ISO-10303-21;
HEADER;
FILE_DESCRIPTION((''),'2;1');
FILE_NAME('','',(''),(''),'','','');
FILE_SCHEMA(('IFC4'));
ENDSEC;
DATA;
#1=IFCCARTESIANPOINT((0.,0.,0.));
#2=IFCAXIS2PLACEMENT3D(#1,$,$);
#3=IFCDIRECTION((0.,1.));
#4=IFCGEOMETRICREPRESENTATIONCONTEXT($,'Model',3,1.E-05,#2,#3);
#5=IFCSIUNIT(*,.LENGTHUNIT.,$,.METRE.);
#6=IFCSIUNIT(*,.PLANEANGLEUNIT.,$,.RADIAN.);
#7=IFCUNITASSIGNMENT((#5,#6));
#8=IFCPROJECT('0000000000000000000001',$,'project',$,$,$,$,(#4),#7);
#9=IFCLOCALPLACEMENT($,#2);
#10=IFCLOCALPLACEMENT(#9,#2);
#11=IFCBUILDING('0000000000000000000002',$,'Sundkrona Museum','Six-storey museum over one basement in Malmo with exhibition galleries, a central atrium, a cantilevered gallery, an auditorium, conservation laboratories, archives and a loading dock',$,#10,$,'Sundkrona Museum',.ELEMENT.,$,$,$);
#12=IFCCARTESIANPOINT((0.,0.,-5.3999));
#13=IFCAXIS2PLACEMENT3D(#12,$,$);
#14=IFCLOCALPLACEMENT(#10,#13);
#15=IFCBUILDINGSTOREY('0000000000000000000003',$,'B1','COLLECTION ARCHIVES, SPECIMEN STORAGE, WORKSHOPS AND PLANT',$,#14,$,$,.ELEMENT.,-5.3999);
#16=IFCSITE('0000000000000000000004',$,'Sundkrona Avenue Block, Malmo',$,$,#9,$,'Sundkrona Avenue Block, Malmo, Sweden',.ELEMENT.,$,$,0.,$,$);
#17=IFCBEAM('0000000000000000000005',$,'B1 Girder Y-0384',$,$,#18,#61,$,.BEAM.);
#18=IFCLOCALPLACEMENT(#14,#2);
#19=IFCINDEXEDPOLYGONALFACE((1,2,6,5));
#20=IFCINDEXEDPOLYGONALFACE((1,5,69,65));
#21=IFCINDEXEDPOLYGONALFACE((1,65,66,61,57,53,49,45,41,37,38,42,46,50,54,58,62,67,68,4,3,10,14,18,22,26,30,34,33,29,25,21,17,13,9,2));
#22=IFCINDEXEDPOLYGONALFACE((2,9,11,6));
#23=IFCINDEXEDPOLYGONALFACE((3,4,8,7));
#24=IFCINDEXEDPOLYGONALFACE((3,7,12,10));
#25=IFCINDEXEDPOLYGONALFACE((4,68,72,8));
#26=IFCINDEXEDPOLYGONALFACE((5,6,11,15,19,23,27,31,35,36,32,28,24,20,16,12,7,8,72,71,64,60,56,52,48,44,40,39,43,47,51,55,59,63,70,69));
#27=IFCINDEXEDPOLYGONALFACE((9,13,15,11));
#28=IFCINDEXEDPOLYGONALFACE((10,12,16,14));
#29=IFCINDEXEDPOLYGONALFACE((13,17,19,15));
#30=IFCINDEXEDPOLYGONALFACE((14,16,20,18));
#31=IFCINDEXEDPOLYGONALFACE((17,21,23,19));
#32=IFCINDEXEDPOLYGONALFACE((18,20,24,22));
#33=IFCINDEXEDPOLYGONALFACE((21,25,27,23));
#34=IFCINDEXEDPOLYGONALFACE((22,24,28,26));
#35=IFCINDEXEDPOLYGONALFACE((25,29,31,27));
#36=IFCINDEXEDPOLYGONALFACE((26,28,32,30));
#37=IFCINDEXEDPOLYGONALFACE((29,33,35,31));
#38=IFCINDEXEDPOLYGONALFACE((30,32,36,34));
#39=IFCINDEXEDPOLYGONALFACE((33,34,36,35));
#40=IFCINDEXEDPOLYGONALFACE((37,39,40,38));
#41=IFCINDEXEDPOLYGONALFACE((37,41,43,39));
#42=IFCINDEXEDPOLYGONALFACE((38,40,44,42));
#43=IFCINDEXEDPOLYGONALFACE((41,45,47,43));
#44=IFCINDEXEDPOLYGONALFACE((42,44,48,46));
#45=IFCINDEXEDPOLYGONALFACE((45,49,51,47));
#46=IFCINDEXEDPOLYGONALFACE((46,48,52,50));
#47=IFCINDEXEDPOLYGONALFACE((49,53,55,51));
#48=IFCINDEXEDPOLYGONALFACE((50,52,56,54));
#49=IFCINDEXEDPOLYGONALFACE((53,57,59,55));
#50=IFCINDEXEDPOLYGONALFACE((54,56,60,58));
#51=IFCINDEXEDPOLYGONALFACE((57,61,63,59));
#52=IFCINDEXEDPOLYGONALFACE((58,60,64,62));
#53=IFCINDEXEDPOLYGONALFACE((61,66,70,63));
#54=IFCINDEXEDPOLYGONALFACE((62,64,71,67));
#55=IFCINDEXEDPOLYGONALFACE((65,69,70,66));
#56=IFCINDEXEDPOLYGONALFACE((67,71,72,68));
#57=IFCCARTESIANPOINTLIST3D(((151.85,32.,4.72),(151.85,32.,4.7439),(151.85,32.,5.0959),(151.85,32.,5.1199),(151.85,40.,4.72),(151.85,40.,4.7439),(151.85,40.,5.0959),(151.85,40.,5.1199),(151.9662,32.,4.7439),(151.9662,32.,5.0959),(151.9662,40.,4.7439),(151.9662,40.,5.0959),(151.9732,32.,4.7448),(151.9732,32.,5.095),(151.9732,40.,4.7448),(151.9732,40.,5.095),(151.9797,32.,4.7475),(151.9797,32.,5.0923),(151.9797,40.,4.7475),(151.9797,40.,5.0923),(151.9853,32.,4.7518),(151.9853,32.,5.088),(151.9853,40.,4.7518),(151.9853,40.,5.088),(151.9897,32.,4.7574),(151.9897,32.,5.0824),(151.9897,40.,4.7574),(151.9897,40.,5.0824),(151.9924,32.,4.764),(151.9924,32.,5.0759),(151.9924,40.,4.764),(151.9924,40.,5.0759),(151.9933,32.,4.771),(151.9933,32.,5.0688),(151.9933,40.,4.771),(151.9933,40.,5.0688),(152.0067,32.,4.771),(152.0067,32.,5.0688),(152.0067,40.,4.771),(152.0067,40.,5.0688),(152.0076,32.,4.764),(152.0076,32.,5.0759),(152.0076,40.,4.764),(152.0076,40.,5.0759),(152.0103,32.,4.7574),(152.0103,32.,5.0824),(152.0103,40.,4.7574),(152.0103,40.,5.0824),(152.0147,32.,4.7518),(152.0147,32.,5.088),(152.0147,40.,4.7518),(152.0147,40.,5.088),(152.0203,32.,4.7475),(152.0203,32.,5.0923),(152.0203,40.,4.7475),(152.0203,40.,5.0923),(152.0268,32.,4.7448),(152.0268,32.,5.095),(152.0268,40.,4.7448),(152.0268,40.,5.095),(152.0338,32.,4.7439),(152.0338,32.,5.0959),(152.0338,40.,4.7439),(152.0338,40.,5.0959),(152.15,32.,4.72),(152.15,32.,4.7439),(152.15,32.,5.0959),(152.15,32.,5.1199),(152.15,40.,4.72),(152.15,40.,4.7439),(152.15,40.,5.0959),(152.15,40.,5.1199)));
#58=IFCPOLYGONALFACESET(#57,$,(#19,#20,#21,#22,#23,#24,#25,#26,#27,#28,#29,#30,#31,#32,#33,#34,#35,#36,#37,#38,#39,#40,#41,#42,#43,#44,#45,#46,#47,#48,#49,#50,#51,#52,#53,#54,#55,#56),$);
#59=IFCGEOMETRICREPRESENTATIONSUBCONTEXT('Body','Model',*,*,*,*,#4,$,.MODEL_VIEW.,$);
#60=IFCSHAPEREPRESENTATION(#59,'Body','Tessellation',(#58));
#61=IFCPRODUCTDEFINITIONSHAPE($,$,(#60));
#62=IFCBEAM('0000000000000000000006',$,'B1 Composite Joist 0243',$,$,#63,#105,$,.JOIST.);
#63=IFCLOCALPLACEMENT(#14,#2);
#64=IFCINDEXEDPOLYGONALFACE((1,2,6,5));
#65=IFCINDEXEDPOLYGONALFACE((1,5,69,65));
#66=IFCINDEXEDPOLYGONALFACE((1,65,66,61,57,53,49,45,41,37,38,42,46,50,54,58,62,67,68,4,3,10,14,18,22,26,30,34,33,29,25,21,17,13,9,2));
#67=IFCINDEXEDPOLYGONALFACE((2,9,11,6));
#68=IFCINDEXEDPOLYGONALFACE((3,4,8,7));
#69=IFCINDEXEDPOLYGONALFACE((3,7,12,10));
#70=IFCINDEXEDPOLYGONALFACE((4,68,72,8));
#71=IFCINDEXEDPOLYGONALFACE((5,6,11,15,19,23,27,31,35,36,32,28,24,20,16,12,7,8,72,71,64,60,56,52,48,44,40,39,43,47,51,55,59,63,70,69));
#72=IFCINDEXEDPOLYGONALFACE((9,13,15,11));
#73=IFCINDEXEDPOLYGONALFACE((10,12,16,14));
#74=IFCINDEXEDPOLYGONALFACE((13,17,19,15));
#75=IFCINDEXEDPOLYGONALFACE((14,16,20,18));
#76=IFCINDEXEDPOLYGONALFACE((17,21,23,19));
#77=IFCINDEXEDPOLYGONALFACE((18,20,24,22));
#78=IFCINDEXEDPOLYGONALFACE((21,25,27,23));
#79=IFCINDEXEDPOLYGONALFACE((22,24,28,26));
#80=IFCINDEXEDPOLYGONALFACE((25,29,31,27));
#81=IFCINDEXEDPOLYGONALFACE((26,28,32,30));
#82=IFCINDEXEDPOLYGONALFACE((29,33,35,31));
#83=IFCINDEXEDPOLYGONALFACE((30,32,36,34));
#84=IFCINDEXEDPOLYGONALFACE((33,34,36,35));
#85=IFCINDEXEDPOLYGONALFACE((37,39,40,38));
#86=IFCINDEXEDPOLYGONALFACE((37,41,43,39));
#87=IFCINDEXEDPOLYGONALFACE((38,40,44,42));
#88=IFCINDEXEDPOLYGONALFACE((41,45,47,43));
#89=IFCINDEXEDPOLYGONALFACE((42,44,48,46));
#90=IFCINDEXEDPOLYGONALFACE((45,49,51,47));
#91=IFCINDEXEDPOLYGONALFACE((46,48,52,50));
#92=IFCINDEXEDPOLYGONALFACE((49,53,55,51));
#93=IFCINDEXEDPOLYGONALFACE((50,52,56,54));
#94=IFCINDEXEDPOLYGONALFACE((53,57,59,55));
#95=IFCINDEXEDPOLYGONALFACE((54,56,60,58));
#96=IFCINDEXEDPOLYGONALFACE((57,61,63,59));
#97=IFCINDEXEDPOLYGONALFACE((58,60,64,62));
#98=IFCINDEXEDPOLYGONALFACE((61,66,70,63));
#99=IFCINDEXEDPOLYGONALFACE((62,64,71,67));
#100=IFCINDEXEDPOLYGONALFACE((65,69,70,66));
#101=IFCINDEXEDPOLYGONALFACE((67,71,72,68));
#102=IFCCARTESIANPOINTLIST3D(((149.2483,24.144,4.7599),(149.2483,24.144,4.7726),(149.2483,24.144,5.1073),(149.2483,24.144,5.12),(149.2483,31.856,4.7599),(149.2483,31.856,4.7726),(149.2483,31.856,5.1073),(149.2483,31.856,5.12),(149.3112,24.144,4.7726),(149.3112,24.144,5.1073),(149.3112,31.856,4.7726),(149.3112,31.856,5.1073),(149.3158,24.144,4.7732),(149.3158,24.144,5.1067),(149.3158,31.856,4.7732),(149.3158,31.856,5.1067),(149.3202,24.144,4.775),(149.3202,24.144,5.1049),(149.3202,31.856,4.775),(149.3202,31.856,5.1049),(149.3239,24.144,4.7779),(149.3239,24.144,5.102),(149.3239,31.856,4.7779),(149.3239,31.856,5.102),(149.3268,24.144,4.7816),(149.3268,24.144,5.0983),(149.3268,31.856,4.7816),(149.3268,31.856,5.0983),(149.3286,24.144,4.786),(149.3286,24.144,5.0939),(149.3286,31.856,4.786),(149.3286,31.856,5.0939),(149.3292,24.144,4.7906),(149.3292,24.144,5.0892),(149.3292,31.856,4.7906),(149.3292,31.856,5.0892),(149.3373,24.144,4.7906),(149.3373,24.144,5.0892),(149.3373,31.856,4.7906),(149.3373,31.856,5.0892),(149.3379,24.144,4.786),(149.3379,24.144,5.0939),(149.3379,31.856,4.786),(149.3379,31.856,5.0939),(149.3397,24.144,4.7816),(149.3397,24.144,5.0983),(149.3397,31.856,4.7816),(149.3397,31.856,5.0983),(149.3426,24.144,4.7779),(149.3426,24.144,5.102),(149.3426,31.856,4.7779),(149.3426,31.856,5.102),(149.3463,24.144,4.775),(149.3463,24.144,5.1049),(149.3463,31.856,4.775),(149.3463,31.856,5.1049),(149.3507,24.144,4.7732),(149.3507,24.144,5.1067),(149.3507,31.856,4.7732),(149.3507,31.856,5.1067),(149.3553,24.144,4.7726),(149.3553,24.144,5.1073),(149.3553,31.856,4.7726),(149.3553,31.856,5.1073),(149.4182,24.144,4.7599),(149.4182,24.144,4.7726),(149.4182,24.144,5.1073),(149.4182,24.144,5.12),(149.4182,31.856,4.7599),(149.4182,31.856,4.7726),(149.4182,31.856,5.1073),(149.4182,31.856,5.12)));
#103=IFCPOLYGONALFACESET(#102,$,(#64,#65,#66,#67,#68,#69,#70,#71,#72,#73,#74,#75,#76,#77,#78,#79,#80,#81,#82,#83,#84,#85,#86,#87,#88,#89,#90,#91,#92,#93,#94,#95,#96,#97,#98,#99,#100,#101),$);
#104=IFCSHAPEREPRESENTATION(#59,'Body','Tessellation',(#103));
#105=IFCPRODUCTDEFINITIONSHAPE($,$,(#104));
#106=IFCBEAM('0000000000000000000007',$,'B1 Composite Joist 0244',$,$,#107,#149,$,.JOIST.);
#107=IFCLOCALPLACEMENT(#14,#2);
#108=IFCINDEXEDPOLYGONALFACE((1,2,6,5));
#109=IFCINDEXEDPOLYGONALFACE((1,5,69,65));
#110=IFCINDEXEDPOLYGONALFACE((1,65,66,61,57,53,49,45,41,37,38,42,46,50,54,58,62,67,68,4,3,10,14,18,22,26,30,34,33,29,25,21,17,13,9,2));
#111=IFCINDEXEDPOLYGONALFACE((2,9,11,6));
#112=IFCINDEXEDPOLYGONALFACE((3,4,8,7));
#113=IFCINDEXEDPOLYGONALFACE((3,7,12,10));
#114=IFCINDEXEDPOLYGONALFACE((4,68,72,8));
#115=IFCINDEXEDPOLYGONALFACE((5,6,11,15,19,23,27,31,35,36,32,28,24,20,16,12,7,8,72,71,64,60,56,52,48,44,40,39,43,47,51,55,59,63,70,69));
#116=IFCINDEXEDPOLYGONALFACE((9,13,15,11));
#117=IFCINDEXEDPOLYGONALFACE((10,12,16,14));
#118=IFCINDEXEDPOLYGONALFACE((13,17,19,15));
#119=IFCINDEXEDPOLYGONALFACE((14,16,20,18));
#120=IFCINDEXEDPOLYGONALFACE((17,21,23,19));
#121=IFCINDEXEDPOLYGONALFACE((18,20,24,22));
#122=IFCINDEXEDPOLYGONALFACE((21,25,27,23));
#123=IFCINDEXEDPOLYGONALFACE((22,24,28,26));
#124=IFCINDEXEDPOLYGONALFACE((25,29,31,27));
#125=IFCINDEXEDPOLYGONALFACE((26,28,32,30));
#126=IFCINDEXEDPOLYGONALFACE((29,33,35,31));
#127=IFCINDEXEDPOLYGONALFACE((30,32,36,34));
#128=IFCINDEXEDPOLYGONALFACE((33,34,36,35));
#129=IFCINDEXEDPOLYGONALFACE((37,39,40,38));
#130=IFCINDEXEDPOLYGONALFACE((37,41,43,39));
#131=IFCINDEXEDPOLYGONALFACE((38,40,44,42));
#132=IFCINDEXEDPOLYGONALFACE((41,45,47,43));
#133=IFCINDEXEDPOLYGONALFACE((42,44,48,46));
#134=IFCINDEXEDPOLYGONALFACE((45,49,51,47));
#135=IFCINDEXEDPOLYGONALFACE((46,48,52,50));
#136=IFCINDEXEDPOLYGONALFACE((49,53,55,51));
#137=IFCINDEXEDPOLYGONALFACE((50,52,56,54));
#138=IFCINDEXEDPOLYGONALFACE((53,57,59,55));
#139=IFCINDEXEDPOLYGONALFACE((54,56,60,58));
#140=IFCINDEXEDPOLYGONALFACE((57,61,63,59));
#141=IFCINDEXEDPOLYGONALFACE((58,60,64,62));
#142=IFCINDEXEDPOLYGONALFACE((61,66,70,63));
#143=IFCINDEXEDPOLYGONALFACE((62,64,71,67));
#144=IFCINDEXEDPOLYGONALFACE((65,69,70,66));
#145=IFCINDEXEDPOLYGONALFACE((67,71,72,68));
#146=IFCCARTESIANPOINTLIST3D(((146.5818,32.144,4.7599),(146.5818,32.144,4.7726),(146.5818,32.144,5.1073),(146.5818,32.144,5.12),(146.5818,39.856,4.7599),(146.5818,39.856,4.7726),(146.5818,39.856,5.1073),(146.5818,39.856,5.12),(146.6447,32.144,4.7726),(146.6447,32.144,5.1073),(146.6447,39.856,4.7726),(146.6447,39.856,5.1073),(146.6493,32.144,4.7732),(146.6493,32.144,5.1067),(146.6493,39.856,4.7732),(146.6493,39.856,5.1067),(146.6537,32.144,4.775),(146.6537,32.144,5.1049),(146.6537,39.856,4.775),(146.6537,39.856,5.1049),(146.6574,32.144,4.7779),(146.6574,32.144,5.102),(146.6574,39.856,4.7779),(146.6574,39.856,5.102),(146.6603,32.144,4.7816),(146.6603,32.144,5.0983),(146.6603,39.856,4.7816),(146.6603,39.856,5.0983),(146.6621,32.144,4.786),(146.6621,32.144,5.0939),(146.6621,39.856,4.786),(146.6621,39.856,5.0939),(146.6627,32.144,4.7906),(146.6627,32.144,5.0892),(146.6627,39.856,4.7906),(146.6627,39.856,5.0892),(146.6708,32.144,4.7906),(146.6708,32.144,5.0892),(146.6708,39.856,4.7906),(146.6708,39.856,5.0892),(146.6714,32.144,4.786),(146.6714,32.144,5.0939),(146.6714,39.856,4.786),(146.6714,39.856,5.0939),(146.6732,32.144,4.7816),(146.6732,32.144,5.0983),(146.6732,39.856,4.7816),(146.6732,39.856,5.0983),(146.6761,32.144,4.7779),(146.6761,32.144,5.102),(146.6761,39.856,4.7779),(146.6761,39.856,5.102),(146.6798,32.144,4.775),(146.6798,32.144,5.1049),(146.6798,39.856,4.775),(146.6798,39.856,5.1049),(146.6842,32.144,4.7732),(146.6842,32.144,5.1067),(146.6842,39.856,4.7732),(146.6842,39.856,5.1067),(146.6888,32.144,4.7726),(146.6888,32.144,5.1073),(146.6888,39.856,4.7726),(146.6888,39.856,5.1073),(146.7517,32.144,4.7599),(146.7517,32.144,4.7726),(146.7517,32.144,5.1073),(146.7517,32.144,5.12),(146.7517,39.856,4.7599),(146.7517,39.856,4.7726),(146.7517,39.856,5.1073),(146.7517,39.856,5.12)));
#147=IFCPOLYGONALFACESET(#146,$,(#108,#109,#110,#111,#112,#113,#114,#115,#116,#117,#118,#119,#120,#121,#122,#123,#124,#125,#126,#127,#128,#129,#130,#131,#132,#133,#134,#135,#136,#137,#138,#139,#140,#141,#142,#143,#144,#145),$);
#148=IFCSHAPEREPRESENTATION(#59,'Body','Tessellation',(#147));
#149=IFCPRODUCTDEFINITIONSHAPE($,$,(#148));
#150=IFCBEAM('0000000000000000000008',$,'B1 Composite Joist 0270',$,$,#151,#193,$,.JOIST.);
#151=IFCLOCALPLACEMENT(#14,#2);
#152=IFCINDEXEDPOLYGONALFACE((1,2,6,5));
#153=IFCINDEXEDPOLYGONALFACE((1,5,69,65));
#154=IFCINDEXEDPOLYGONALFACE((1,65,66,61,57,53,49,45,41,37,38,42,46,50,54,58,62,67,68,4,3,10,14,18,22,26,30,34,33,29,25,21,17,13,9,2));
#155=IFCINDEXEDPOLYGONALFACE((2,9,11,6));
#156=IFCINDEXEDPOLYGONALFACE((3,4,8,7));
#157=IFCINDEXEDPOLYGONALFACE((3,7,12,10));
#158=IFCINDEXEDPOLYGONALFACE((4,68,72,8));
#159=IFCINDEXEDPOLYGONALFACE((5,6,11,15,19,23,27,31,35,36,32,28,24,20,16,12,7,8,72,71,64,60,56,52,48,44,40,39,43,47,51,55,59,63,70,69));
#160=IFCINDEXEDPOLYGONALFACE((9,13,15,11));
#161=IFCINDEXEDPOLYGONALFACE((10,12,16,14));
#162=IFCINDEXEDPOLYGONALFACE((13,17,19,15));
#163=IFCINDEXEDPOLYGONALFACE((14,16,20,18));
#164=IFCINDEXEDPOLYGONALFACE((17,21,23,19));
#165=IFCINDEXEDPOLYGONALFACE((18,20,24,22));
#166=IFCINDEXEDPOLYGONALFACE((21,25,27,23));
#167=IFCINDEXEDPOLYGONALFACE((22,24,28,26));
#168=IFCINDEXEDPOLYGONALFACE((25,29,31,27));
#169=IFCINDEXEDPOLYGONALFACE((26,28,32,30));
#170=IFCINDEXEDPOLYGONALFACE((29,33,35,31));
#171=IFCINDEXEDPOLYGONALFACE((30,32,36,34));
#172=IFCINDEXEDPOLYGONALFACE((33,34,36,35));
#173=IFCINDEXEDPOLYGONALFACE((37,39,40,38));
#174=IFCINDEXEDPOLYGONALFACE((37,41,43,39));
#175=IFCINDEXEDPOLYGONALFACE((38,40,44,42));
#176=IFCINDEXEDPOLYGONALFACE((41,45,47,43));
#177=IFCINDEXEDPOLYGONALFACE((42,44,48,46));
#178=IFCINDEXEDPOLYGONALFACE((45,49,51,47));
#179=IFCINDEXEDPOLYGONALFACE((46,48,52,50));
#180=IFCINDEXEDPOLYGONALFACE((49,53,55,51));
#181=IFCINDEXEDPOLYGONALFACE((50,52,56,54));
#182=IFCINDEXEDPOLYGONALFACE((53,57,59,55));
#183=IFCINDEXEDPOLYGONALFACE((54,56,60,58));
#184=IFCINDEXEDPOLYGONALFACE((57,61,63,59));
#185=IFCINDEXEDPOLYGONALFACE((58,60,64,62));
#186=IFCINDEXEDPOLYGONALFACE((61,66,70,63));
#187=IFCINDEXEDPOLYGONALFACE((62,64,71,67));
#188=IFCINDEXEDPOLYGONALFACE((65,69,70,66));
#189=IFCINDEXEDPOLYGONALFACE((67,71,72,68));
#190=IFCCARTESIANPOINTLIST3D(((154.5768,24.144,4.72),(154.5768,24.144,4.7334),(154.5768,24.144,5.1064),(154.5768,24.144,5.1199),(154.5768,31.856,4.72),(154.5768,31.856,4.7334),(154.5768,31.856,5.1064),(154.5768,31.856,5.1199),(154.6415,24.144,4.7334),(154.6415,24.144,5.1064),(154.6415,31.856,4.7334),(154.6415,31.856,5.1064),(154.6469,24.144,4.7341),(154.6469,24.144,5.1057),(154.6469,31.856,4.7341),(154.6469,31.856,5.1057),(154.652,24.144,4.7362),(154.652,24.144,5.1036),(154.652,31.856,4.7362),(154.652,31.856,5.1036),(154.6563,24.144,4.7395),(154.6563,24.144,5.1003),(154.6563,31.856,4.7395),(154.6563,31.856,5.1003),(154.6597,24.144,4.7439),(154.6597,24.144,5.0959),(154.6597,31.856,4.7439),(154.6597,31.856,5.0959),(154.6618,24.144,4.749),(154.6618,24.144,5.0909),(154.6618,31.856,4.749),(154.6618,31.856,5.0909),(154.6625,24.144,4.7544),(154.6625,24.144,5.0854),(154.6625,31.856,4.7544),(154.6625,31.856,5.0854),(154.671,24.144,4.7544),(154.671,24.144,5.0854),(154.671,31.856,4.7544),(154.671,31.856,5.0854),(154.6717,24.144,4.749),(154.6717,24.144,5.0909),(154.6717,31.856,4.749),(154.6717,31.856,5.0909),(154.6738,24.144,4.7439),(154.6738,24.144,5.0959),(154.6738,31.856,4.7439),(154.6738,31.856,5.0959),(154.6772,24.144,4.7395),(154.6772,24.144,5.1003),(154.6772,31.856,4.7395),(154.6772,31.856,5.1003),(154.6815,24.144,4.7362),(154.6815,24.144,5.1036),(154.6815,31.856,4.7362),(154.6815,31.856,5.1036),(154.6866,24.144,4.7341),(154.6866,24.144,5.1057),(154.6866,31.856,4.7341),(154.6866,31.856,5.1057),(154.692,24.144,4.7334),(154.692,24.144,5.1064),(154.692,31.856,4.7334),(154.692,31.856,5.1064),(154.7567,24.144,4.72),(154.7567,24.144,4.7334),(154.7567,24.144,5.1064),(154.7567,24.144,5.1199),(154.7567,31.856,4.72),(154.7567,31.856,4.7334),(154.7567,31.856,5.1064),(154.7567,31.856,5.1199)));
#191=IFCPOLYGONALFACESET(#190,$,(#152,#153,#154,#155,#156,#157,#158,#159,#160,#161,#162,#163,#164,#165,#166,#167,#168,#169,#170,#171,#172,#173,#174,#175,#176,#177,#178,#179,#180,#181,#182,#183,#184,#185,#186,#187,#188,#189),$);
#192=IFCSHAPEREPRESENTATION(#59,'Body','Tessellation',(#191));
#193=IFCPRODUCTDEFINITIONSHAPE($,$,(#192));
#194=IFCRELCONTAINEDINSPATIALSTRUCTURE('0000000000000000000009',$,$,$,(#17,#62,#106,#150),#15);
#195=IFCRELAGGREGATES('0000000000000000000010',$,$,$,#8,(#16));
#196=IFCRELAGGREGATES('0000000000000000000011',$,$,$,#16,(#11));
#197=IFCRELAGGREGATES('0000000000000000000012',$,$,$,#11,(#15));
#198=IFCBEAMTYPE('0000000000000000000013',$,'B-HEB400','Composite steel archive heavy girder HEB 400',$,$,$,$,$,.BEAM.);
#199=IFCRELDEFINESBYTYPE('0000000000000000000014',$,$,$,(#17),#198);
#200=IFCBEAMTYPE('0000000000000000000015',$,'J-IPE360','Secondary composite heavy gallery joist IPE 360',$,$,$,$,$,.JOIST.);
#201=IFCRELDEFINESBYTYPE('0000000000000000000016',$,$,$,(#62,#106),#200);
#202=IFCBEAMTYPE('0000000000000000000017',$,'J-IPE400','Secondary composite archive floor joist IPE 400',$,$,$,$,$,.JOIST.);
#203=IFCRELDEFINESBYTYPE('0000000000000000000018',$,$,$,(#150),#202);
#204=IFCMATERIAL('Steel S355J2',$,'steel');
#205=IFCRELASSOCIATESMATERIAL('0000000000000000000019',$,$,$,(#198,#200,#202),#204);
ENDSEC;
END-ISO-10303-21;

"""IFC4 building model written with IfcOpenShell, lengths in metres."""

from ifc_helpers import new_model, si_unit, direction, frame, origin, origin_2d, place, context, subcontext, project, spatial, i_section, extrude, material, material_profile, profile_set, type_object, element, save


model = new_model("IFC4")

# Units and contexts
model_context = context("Model", 3, precision=1e-05, world=origin(), true_north=direction((0.0, 1.0)))
body_context = subcontext(model_context, "Body", "Model", "MODEL_VIEW")
ifc_project = project(units=[si_unit("LENGTHUNIT", "METRE"), si_unit("PLANEANGLEUNIT", "RADIAN")], contexts=[model_context])

# Site, building, storey
site_placement = place(None, origin())
site = spatial("IfcSite", under=ifc_project, at=site_placement, Name="Sundkrona Avenue Block, Malmo", LongName="Sundkrona Avenue Block, Malmo, Sweden", CompositionType="ELEMENT", RefElevation=0.0)
building_placement = place(site_placement, origin())
building = spatial("IfcBuilding", under=site, at=building_placement, Name="Sundkrona Museum", Description="Six-storey museum over one basement in Malmo with exhibition galleries, a central atrium, a cantilevered gallery, an auditorium, conservation laboratories, archives and a loading dock", LongName="Sundkrona Museum", CompositionType="ELEMENT")
storey_placement = place(building_placement, frame((0.0, 0.0, -5.3999)))
storey = spatial("IfcBuildingStorey", under=building, at=storey_placement, Name="B1", Description="COLLECTION ARCHIVES, SPECIMEN STORAGE, WORKSHOPS AND PLANT", CompositionType="ELEMENT", Elevation=-5.3999)

# Beams
ifc_material_1 = material(Name="Steel S355J2", Category="steel")
ifc_material_profile_1 = material_profile(ifc_material_1, i_section(OverallWidth=0.3, OverallDepth=0.3999, WebThickness=0.0134, FlangeThickness=0.0239, FilletRadius=0.0271, at=origin_2d()), Name="HEB 400")
ifc_profile_set_1 = profile_set([ifc_material_profile_1], Name="Steel S355J2")
beam_type_1 = type_object("IfcBeamType", Name="B-HEB400", Description="Composite steel archive heavy girder HEB 400", PredefinedType="BEAM", material=ifc_profile_set_1)
for number, where, z_axis, x_axis, name in (
    (1, (152.0, 32.0, 4.9199), (0.0, 1.0, 0.0), (-1.0, 0.0, 0.0), "B1 Girder Y-0384"),
):
    element("IfcBeam", number, at=place(storey_placement, frame(where, z_axis=z_axis, x_axis=x_axis)), inside=storey, type_object=beam_type_1, Name=name, PredefinedType="BEAM", context=body_context, shape_type="SweptSolid", body=[
        extrude(i_section(OverallWidth=0.3, OverallDepth=0.3999, WebThickness=0.0134, FlangeThickness=0.0239, FilletRadius=0.0271, at=origin_2d()), origin(), (0.0, 0.0, 1.0), 8.0),
    ])
ifc_material_profile_2 = material_profile(ifc_material_1, i_section(OverallWidth=0.1699, OverallDepth=0.3601, WebThickness=0.0081, FlangeThickness=0.0127, FilletRadius=0.0181, at=origin_2d()), Name="IPE 360")
ifc_profile_set_2 = profile_set([ifc_material_profile_2], Name="Steel S355J2")
beam_type_2 = type_object("IfcBeamType", Name="J-IPE360", Description="Secondary composite heavy gallery joist IPE 360", PredefinedType="JOIST", material=ifc_profile_set_2)
for number, where, z_axis, x_axis, name in (
    (2, (149.3333, 24.144, 4.9399), (0.0, 1.0, 0.0), (-1.0, 0.0, 0.0), "B1 Composite Joist 0243"),
    (3, (146.6667, 32.144, 4.9399), (0.0, 1.0, 0.0), (-1.0, 0.0, 0.0), "B1 Composite Joist 0244"),
):
    element("IfcBeam", number, at=place(storey_placement, frame(where, z_axis=z_axis, x_axis=x_axis)), inside=storey, type_object=beam_type_2, Name=name, PredefinedType="JOIST", context=body_context, shape_type="SweptSolid", body=[
        extrude(i_section(OverallWidth=0.1699, OverallDepth=0.3601, WebThickness=0.0081, FlangeThickness=0.0127, FilletRadius=0.0181, at=origin_2d()), origin(), (0.0, 0.0, 1.0), 7.7119),
    ])
ifc_material_profile_3 = material_profile(ifc_material_1, i_section(OverallWidth=0.1799, OverallDepth=0.3999, WebThickness=0.0085, FlangeThickness=0.0134, FilletRadius=0.021, at=origin_2d()), Name="IPE 400")
ifc_profile_set_3 = profile_set([ifc_material_profile_3], Name="Steel S355J2")
beam_type_3 = type_object("IfcBeamType", Name="J-IPE400", Description="Secondary composite archive floor joist IPE 400", PredefinedType="JOIST", material=ifc_profile_set_3)
beam_placement = place(storey_placement, frame((154.6667, 24.144, 4.9199), z_axis=(0.0, 1.0, 0.0), x_axis=(-1.0, 0.0, 0.0)))
element("IfcBeam", 4, at=beam_placement, inside=storey, type_object=beam_type_3, Name="B1 Composite Joist 0270", PredefinedType="JOIST", context=body_context, shape_type="SweptSolid", body=[
    extrude(i_section(OverallWidth=0.1799, OverallDepth=0.3999, WebThickness=0.0085, FlangeThickness=0.0134, FilletRadius=0.021, at=origin_2d()), origin(), (0.0, 0.0, 1.0), 7.7119),
])

save(model, "model.ifc")
